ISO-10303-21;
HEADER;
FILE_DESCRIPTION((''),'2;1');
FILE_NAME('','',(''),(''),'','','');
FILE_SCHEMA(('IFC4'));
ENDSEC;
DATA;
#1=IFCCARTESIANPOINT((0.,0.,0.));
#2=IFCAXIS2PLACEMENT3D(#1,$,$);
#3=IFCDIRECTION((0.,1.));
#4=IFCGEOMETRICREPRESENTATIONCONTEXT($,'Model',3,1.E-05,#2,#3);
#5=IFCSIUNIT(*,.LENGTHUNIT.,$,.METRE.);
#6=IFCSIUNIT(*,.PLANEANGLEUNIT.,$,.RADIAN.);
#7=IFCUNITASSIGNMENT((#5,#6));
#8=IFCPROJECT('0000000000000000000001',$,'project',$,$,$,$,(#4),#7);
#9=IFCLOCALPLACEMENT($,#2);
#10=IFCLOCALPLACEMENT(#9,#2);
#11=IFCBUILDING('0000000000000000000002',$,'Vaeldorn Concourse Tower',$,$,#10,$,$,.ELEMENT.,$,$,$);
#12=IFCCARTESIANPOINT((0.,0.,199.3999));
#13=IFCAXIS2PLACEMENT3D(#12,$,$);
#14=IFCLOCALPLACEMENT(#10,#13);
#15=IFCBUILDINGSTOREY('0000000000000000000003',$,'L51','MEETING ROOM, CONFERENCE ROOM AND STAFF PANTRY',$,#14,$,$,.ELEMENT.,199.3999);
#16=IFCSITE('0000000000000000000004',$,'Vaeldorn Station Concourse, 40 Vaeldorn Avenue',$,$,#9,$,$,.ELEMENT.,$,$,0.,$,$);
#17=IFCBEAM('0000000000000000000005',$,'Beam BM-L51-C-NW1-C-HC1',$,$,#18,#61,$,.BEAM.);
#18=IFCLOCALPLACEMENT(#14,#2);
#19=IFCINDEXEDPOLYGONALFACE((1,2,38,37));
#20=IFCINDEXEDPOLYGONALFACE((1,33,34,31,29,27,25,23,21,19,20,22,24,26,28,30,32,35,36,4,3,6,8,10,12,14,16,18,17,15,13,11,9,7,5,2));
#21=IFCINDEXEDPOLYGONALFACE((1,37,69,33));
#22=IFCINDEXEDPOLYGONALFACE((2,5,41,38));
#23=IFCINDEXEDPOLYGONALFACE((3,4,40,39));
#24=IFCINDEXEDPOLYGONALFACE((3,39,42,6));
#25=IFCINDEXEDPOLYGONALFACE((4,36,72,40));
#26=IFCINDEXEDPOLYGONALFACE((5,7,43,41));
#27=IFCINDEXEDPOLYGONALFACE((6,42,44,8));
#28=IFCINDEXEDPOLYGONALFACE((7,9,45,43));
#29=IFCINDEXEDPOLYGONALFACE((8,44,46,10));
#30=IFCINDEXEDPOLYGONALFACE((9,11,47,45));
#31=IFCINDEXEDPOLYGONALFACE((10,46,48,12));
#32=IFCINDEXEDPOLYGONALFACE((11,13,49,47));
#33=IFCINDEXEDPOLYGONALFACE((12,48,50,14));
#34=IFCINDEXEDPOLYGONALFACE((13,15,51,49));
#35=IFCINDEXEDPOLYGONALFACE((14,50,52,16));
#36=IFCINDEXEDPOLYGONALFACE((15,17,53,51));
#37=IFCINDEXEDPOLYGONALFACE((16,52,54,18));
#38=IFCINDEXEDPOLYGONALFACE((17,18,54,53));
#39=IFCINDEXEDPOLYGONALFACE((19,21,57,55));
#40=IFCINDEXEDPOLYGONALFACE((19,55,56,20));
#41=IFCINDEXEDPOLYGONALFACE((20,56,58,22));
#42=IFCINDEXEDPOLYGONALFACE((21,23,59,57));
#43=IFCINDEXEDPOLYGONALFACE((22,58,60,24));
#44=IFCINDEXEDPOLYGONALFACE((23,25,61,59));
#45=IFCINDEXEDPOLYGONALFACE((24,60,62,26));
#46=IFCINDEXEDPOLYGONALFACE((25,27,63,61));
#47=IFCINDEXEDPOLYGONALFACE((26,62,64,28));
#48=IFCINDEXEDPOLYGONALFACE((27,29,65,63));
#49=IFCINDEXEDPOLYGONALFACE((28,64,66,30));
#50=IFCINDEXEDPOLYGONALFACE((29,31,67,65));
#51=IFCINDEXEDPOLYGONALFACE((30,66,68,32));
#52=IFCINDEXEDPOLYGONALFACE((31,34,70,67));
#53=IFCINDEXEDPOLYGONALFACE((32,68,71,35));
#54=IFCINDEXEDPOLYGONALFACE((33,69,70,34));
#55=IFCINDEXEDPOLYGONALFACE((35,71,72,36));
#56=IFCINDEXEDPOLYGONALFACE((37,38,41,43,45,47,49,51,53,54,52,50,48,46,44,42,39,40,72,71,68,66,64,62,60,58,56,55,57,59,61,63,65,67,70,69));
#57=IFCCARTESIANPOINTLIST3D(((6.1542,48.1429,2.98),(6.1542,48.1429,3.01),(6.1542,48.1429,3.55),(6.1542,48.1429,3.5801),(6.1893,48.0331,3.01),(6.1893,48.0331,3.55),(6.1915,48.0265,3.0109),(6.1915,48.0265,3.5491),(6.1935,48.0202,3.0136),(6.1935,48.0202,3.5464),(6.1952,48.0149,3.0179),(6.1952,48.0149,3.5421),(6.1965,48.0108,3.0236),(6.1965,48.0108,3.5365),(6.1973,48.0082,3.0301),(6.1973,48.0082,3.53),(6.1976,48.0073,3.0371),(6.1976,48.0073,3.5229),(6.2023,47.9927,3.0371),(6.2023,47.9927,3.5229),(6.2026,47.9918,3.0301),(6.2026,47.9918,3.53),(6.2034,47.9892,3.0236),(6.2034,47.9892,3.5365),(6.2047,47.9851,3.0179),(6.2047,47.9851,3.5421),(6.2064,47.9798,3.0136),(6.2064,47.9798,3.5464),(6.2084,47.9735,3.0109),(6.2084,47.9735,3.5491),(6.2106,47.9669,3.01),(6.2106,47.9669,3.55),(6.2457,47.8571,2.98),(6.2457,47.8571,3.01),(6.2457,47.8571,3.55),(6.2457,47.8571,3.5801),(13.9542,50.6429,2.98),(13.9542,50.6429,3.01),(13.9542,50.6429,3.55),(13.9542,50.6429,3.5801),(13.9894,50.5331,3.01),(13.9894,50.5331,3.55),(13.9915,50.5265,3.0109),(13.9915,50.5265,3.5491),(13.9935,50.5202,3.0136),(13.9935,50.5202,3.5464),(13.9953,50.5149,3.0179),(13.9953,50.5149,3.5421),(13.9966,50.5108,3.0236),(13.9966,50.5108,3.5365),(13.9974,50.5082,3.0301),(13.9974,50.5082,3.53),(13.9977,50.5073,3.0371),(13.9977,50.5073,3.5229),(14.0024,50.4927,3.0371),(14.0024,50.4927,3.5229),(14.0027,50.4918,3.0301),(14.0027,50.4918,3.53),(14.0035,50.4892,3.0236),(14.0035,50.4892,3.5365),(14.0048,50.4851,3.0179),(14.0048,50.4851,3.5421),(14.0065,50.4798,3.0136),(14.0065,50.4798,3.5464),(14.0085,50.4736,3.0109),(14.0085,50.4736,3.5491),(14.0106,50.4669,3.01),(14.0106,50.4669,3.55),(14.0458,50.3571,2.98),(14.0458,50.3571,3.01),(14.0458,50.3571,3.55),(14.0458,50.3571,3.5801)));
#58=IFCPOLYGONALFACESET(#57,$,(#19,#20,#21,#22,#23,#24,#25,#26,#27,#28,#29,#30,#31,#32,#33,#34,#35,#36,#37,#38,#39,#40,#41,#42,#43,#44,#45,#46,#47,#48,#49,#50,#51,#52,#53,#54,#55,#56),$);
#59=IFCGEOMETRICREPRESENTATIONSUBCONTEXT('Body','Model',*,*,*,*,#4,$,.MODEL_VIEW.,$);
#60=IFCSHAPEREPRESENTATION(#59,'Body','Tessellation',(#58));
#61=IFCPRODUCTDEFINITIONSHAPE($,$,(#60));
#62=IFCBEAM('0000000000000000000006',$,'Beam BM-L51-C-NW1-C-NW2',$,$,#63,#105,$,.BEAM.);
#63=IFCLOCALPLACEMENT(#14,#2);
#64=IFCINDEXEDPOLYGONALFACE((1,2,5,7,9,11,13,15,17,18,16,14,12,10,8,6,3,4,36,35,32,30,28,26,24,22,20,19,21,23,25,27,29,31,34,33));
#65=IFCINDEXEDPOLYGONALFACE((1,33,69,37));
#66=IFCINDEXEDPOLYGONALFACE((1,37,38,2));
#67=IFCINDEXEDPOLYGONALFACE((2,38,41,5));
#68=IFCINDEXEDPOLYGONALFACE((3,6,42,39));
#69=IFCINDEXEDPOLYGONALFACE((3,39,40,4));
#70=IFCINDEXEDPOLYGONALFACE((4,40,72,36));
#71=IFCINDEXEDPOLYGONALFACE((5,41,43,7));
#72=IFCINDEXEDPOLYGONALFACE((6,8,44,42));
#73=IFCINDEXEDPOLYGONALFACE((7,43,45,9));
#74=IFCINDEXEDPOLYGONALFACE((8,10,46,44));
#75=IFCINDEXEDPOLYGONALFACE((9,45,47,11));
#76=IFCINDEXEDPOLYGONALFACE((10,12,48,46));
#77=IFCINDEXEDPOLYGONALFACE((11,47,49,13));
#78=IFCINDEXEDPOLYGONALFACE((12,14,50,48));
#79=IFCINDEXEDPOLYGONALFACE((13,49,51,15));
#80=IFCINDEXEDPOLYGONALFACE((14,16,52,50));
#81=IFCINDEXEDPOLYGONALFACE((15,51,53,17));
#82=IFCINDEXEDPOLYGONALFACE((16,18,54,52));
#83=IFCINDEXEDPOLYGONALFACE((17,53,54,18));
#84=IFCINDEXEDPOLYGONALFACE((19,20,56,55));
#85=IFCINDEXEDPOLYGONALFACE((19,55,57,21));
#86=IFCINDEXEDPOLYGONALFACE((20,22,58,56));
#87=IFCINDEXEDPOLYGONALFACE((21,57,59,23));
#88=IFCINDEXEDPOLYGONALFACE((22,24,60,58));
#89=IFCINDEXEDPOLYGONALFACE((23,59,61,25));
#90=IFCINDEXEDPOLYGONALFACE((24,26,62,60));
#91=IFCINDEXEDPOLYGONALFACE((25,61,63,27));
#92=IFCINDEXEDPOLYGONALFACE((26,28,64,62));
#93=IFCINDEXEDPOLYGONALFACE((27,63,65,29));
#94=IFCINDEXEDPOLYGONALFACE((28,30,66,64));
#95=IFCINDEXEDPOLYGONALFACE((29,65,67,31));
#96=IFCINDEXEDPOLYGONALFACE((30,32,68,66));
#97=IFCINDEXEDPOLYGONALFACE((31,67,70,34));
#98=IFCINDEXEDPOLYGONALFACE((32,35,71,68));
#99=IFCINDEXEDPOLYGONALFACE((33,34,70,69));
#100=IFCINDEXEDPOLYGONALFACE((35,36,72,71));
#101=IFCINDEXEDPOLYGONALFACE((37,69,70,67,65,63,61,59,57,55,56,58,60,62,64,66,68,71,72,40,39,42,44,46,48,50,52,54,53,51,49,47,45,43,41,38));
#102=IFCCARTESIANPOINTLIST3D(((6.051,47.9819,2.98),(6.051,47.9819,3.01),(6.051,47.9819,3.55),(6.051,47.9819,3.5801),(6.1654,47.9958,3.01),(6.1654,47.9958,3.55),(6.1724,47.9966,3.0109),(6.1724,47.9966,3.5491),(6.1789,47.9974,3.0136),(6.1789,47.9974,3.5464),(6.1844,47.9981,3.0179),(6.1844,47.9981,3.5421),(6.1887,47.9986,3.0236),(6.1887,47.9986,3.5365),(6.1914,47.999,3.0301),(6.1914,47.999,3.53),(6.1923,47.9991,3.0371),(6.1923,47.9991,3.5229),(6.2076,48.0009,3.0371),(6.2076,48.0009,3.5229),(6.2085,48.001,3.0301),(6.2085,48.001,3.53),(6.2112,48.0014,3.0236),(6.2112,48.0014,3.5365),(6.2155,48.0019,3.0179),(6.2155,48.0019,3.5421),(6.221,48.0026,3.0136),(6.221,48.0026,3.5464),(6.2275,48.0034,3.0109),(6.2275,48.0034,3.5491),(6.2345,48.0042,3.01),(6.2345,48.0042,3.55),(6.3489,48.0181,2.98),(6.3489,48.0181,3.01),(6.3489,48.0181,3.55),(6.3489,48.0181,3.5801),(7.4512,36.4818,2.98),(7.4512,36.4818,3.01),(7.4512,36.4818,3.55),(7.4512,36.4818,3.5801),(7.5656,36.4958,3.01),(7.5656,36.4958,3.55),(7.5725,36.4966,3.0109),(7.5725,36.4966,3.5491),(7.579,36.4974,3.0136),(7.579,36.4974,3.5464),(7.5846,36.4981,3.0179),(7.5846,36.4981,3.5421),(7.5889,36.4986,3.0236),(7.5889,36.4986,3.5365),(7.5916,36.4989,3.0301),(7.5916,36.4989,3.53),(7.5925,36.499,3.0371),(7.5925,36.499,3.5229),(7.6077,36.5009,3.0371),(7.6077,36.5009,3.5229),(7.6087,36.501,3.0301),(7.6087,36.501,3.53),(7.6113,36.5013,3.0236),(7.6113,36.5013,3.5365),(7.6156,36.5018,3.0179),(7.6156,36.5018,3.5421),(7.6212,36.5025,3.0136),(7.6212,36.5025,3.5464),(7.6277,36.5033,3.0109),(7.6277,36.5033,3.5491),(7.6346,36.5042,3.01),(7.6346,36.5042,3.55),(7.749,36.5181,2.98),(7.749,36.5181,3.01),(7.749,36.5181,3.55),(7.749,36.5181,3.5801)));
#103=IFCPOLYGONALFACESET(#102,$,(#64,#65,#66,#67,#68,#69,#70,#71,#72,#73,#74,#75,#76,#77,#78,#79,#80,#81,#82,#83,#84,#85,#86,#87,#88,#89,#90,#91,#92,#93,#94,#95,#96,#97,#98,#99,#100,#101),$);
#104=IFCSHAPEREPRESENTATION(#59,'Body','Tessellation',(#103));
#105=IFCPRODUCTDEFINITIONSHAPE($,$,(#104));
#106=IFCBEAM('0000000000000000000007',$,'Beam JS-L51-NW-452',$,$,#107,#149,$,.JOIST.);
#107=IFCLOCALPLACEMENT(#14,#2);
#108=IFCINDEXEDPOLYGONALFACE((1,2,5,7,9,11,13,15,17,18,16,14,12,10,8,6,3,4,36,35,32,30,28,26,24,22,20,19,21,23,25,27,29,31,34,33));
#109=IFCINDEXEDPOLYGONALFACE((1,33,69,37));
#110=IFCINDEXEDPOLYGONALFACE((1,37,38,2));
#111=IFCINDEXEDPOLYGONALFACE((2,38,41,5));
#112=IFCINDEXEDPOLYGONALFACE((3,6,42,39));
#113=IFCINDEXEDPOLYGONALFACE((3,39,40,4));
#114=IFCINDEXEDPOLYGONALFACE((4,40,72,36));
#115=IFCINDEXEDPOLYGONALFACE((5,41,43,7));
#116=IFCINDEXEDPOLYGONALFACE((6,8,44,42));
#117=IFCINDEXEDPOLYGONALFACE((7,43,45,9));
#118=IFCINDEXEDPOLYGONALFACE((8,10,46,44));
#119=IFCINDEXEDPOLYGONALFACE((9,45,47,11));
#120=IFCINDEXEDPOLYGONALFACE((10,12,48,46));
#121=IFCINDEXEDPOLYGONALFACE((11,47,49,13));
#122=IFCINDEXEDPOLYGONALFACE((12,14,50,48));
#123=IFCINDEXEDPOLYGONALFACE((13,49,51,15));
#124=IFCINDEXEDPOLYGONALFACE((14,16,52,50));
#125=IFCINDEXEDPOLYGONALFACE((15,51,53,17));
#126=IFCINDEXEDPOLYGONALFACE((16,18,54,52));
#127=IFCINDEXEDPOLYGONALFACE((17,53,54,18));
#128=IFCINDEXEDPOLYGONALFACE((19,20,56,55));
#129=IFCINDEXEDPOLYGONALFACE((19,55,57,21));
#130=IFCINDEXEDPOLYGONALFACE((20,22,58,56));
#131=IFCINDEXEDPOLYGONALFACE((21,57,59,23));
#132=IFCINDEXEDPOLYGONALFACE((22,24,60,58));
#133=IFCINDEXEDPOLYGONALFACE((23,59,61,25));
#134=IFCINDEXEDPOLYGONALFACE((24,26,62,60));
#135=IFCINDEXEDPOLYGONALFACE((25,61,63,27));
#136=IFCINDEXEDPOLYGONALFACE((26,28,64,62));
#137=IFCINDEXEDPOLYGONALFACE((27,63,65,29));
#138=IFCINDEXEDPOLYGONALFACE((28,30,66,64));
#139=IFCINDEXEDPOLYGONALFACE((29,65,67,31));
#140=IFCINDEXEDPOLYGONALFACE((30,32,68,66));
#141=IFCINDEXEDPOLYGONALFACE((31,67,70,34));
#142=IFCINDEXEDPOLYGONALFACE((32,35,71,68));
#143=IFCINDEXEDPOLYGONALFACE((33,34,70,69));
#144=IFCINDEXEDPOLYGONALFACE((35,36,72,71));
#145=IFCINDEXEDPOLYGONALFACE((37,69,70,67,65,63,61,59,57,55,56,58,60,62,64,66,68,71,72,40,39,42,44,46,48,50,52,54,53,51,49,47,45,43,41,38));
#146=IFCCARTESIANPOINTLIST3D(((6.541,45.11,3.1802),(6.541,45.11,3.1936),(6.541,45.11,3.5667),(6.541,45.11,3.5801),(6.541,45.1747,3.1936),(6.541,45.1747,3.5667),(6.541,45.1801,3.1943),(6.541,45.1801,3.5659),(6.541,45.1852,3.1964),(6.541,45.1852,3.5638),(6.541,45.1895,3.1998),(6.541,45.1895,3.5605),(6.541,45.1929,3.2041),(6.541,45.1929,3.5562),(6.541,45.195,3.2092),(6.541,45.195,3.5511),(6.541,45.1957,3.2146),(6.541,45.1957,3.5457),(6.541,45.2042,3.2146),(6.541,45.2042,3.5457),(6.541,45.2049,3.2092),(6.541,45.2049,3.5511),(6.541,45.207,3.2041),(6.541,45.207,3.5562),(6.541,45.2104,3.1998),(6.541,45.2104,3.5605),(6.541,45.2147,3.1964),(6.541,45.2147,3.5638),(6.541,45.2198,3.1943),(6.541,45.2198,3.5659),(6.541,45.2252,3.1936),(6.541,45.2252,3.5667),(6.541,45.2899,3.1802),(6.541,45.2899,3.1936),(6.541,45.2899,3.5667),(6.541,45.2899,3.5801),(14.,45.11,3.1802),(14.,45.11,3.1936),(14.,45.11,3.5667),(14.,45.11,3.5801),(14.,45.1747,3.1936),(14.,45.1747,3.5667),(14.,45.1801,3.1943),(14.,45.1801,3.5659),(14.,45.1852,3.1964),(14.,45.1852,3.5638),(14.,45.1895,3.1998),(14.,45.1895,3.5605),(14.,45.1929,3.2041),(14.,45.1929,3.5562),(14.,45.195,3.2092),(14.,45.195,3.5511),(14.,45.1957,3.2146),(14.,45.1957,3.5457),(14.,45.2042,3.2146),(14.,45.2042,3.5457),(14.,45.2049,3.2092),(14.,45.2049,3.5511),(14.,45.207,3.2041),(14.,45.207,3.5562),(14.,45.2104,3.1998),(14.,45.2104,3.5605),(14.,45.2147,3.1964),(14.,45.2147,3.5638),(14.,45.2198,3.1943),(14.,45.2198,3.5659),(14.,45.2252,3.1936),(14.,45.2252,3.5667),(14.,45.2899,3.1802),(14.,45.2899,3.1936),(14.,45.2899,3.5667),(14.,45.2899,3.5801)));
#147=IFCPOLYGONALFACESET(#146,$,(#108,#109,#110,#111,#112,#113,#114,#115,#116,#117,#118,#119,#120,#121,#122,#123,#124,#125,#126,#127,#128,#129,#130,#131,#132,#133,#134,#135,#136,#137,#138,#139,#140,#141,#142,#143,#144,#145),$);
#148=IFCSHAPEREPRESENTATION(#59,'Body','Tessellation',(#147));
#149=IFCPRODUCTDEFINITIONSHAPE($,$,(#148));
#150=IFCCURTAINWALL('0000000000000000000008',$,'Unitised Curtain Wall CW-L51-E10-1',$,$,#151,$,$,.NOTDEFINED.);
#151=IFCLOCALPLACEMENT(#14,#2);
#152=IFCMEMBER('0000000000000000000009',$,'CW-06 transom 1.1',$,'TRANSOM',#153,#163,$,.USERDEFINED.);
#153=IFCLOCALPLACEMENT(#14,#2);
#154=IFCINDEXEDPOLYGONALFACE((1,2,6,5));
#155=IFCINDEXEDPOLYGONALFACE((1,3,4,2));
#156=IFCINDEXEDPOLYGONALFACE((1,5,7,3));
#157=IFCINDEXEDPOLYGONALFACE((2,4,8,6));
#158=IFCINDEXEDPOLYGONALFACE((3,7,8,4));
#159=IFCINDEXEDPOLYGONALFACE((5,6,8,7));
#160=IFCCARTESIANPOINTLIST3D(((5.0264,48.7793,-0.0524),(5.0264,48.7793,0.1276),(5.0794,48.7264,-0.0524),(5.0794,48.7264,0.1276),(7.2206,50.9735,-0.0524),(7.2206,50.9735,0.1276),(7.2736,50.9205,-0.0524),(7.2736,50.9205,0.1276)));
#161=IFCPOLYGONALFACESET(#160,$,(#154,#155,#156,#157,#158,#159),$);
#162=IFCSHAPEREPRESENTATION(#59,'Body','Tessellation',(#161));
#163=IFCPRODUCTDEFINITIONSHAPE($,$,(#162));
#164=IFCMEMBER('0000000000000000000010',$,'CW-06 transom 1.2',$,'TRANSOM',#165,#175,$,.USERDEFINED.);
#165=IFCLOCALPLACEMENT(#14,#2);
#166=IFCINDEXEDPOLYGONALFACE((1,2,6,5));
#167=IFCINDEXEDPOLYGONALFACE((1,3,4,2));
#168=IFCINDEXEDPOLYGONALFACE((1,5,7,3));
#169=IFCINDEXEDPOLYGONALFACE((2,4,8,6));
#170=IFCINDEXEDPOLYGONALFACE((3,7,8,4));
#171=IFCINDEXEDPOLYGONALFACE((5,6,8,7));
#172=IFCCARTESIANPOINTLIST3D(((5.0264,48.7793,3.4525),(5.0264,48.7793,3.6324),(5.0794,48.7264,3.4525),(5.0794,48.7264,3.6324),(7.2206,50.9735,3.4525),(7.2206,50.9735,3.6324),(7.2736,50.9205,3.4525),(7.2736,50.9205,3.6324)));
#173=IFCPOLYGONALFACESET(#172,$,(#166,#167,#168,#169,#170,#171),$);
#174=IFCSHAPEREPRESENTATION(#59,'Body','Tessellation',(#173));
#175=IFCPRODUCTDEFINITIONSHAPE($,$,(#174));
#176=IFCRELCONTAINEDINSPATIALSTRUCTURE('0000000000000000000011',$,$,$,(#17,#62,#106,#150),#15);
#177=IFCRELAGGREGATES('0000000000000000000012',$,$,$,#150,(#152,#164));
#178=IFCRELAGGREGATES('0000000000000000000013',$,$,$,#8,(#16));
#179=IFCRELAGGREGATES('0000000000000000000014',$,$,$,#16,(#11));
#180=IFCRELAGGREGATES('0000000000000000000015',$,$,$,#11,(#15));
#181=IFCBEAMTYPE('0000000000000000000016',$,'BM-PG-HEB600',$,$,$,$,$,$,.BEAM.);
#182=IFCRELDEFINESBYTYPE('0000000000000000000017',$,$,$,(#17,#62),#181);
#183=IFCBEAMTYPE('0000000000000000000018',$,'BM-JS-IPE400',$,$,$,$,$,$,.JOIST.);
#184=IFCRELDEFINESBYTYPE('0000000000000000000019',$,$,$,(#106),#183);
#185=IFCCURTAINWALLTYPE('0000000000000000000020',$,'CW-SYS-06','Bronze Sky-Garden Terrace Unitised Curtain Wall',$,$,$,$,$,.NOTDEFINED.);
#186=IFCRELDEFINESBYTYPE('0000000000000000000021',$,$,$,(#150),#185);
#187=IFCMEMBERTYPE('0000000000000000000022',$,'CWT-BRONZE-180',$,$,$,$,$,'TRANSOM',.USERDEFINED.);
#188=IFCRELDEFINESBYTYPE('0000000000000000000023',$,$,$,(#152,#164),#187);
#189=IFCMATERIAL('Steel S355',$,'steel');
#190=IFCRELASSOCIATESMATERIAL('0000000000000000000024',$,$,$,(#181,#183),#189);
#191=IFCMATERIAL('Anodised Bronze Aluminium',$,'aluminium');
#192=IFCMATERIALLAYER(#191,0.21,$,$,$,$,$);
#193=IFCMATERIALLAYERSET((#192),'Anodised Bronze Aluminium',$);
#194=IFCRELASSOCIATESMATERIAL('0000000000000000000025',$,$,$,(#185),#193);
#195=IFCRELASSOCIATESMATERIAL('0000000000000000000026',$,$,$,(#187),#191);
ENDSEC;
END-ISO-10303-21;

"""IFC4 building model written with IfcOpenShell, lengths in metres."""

from ifc_helpers import new_model, si_unit, direction, frame, origin, origin_2d, place, context, subcontext, project, spatial, rectangle, i_section, extrude, source, transform, mapped, material, layer, layer_set, material_profile, profile_set, type_object, element, aggregate, save


model = new_model("IFC4")

# Units and contexts
model_context = context("Model", 3, precision=1e-05, world=origin(), true_north=direction((0.0, 1.0)))
body_context = subcontext(model_context, "Body", "Model", "MODEL_VIEW")
ifc_project = project(units=[si_unit("LENGTHUNIT", "METRE"), si_unit("PLANEANGLEUNIT", "RADIAN")], contexts=[model_context])

# Site, building, storey
site_placement = place(None, origin())
site = spatial("IfcSite", under=ifc_project, at=site_placement, Name="Vaeldorn Station Concourse, 40 Vaeldorn Avenue", CompositionType="ELEMENT", RefElevation=0.0)
building_placement = place(site_placement, origin())
building = spatial("IfcBuilding", under=site, at=building_placement, Name="Vaeldorn Concourse Tower", CompositionType="ELEMENT")
storey_placement = place(building_placement, frame((0.0, 0.0, 199.3999)))
storey = spatial("IfcBuildingStorey", under=building, at=storey_placement, Name="L51", Description="MEETING ROOM, CONFERENCE ROOM AND STAFF PANTRY", CompositionType="ELEMENT", Elevation=199.3999)

# Beams
ifc_material_1 = material(Name="Steel S355", Category="steel")
ifc_material_profile_1 = material_profile(ifc_material_1, i_section(OverallWidth=0.3, OverallDepth=0.6001, WebThickness=0.0154, FlangeThickness=0.03, FilletRadius=0.0271, at=origin_2d()), Name="HEB 600")
ifc_profile_set_1 = profile_set([ifc_material_profile_1], Name="Steel S355")
beam_type_1 = type_object("IfcBeamType", Name="BM-PG-HEB600", PredefinedType="BEAM", material=ifc_profile_set_1)
shared_shape_1 = source(origin(), body_context, "Body", "SweptSolid", [
    extrude(i_section(OverallWidth=0.3, OverallDepth=0.6001, WebThickness=0.0154, FlangeThickness=0.03, FilletRadius=0.0271, at=origin_2d()), origin(), (0.0, 0.0, 1.0), 8.1909),
])
beam_1_placement = place(storey_placement, frame((6.2, 48.0, 3.28), z_axis=(0.952283, 0.305217, 0.0), x_axis=(-0.305217, 0.952283, 0.0)))
element("IfcBeam", 1, at=beam_1_placement, inside=storey, type_object=beam_type_1, Name="Beam BM-L51-C-NW1-C-HC1", PredefinedType="BEAM", context=body_context, shape_type="MappedRepresentation", body=[
    mapped(shared_shape_1, transform((0.0, 0.0, 0.0), scale=1.0)),
])
shared_shape_2 = source(origin(), body_context, "Body", "SweptSolid", [
    extrude(i_section(OverallWidth=0.3, OverallDepth=0.6001, WebThickness=0.0154, FlangeThickness=0.03, FilletRadius=0.0271, at=origin_2d()), origin(), (0.0, 0.0, 1.0), 11.585),
])
beam_2_placement = place(storey_placement, frame((6.2, 48.0, 3.28), z_axis=(0.120859, -0.99267, 0.0), x_axis=(0.99267, 0.120859, 0.0)))
element("IfcBeam", 2, at=beam_2_placement, inside=storey, type_object=beam_type_1, Name="Beam BM-L51-C-NW1-C-NW2", PredefinedType="BEAM", context=body_context, shape_type="MappedRepresentation", body=[
    mapped(shared_shape_2, transform((0.0, 0.0, 0.0), scale=1.0)),
])
ifc_material_profile_2 = material_profile(ifc_material_1, i_section(OverallWidth=0.1799, OverallDepth=0.3999, WebThickness=0.0085, FlangeThickness=0.0134, FilletRadius=0.021, at=origin_2d()), Name="IPE 400")
ifc_profile_set_2 = profile_set([ifc_material_profile_2], Name="Steel S355")
beam_type_2 = type_object("IfcBeamType", Name="BM-JS-IPE400", PredefinedType="JOIST", material=ifc_profile_set_2)
shared_shape_3 = source(origin(), body_context, "Body", "SweptSolid", [
    extrude(i_section(OverallWidth=0.1799, OverallDepth=0.3999, WebThickness=0.0085, FlangeThickness=0.0134, FilletRadius=0.021, at=origin_2d()), origin(), (0.0, 0.0, 1.0), 7.459),
])
beam_3_placement = place(storey_placement, frame((6.541, 45.2, 3.3801), z_axis=(1.0, 0.0, 0.0), x_axis=(0.0, 1.0, 0.0)))
element("IfcBeam", 3, at=beam_3_placement, inside=storey, type_object=beam_type_2, Name="Beam JS-L51-NW-452", PredefinedType="JOIST", context=body_context, shape_type="MappedRepresentation", body=[
    mapped(shared_shape_3, transform((0.0, 0.0, 0.0), scale=1.0)),
])

# Curtain wall, members
ifc_material_2 = material(Name="Anodised Bronze Aluminium", Category="aluminium")
ifc_layer_1 = layer(ifc_material_2, 0.21)
ifc_layer_set_1 = layer_set([ifc_layer_1], Name="Anodised Bronze Aluminium")
curtain_wall_type = type_object("IfcCurtainWallType", Name="CW-SYS-06", Description="Bronze Sky-Garden Terrace Unitised Curtain Wall", PredefinedType="NOTDEFINED", material=ifc_layer_set_1)
curtain_wall_1_placement = place(storey_placement, origin())
curtain_wall_1 = element("IfcCurtainWall", 4, at=curtain_wall_1_placement, inside=storey, type_object=curtain_wall_type, Name="Unitised Curtain Wall CW-L51-E10-1", PredefinedType="NOTDEFINED")
ifc_material_profile_3 = material_profile(ifc_material_2, rectangle(XDim=0.075, YDim=0.1799, at=origin_2d()), Name="CWT 75x180")
ifc_profile_set_3 = profile_set([ifc_material_profile_3], Name="Anodised Bronze Aluminium")
member_type_1 = type_object("IfcMemberType", Name="CWT-BRONZE-180", ElementType="TRANSOM", PredefinedType="USERDEFINED", material=ifc_profile_set_3)
shared_shape_4 = source(origin(), body_context, "Body", "SweptSolid", [
    extrude(rectangle(XDim=0.075, YDim=0.1799, at=origin_2d()), origin(), (0.0, 0.0, 1.0), 3.103),
])
member_1_placement = place(storey_placement, frame((7.2471, 50.947, 0.0376), z_axis=(-0.707107, -0.707107, 0.0), x_axis=(0.707107, -0.707107, 0.0)))
member_1 = element("IfcMember", 5, at=member_1_placement, type_object=member_type_1, Name="CW-06 transom 1.1", ObjectType="TRANSOM", PredefinedType="USERDEFINED", context=body_context, shape_type="MappedRepresentation", body=[
    mapped(shared_shape_4, transform((0.0, 0.0, 0.0), scale=1.0)),
])
member_2_placement = place(storey_placement, frame((7.2471, 50.947, 3.5425), z_axis=(-0.707107, -0.707107, 0.0), x_axis=(0.707107, -0.707107, 0.0)))
member_2 = element("IfcMember", 6, at=member_2_placement, type_object=member_type_1, Name="CW-06 transom 1.2", ObjectType="TRANSOM", PredefinedType="USERDEFINED", context=body_context, shape_type="MappedRepresentation", body=[
    mapped(shared_shape_4, transform((0.0, 0.0, 0.0), scale=1.0)),
])

aggregate(curtain_wall_1, [member_1, member_2])

save(model, "model.ifc")
